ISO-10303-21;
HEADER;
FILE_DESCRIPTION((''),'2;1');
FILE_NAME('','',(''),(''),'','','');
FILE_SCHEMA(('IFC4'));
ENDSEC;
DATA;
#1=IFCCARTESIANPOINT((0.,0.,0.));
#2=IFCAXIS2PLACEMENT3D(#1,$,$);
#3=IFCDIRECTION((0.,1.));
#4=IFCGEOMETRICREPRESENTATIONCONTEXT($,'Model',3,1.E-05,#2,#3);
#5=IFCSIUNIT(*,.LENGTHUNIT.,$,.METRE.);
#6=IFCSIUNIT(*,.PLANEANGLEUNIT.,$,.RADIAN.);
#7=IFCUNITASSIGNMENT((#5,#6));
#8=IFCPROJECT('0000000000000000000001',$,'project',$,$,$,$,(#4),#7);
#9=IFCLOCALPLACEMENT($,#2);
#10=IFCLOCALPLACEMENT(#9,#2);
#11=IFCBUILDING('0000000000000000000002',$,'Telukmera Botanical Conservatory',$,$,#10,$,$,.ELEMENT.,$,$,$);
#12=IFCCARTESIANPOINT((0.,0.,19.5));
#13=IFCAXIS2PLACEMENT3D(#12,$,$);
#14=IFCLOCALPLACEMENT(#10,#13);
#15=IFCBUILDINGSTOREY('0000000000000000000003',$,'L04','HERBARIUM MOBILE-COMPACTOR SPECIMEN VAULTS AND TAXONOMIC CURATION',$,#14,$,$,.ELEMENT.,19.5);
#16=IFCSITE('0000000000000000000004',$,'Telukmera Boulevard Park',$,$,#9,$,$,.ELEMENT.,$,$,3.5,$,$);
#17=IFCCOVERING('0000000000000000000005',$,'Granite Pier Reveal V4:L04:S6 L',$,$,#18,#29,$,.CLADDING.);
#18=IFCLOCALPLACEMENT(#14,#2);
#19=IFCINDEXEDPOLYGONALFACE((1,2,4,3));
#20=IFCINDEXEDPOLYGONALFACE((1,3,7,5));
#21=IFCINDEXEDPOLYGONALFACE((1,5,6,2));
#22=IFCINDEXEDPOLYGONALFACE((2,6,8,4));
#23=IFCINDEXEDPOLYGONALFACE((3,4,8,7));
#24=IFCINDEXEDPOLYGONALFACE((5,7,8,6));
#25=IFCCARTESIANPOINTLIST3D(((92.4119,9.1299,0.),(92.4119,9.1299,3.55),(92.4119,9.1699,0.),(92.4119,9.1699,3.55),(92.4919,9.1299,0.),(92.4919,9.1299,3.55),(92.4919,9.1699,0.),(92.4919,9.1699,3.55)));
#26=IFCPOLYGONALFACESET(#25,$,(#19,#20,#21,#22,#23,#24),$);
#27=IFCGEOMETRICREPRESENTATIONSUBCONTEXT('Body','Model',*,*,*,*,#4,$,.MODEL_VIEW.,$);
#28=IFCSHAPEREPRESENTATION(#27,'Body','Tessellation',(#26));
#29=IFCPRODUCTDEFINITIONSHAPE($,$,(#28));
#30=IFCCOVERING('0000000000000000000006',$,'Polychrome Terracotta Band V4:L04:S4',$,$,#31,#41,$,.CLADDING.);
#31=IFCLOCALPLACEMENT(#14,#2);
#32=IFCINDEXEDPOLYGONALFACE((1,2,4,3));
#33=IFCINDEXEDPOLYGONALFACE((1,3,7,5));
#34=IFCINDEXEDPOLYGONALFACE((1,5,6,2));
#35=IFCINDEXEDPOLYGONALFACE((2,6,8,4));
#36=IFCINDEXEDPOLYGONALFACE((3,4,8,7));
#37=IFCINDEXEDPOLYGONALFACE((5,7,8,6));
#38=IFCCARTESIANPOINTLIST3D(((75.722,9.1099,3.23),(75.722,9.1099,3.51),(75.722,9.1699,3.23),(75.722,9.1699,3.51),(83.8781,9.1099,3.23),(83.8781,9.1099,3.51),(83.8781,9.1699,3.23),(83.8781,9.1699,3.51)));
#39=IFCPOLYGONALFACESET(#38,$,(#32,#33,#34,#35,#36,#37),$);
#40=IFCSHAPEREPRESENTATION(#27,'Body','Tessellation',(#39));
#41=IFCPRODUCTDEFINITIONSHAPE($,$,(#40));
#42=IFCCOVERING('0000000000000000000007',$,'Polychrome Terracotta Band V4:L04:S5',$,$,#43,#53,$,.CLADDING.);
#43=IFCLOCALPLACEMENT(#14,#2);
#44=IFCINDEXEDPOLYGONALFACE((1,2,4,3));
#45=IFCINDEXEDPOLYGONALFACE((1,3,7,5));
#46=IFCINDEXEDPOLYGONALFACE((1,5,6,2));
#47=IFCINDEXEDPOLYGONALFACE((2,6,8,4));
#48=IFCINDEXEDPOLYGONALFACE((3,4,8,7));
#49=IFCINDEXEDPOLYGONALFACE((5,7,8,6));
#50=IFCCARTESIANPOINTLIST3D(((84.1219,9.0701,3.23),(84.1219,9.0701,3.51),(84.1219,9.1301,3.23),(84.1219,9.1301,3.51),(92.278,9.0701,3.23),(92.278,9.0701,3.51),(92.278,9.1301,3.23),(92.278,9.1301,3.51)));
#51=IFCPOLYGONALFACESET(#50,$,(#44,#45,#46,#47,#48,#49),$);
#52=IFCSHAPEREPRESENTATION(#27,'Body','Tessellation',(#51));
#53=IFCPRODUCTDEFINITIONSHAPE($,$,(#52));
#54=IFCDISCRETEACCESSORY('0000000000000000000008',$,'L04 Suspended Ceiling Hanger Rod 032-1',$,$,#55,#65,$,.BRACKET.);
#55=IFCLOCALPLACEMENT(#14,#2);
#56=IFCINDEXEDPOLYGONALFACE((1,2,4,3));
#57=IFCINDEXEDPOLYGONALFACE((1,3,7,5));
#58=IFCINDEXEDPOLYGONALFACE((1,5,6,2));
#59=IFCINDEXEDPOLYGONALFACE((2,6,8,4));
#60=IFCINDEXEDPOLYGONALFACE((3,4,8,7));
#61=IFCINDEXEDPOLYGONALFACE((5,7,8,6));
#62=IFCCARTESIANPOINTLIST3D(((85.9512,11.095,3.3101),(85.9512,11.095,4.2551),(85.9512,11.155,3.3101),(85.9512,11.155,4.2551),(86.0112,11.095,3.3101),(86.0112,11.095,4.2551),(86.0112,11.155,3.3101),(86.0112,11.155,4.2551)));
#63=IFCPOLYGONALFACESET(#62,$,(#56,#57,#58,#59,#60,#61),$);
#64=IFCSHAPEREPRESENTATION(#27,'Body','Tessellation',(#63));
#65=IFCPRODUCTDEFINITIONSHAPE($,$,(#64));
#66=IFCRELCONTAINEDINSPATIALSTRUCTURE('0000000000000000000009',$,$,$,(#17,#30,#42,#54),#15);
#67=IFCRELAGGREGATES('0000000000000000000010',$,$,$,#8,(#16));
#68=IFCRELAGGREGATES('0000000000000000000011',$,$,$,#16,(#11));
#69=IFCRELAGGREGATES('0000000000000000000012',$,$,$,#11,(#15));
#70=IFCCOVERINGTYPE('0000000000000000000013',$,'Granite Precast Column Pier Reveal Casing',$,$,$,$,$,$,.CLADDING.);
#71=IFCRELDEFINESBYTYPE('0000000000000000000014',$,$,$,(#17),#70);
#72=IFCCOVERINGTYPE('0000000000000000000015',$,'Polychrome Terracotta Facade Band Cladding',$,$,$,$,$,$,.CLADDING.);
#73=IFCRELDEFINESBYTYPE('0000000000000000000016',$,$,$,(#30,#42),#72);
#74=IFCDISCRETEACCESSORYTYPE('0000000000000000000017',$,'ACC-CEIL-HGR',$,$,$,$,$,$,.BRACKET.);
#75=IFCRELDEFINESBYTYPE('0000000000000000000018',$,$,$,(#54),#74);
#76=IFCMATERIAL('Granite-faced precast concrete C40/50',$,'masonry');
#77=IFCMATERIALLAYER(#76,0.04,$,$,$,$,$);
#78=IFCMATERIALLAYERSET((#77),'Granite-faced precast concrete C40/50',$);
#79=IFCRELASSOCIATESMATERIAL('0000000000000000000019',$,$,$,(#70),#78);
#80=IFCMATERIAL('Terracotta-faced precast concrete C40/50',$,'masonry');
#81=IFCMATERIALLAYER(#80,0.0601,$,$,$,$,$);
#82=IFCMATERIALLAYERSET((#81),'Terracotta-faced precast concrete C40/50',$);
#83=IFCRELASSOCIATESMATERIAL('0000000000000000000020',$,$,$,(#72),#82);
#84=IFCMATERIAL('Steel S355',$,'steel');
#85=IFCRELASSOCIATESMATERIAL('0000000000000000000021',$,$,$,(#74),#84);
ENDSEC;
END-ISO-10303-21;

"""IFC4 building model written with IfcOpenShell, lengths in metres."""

from ifc_helpers import new_model, si_unit, direction, frame, origin, origin_2d, place, context, subcontext, project, spatial, rectangle, extrude, material, layer, layer_set, type_object, element, save


model = new_model("IFC4")

# Units and contexts
model_context = context("Model", 3, precision=1e-05, world=origin(), true_north=direction((0.0, 1.0)))
body_context = subcontext(model_context, "Body", "Model", "MODEL_VIEW")
ifc_project = project(units=[si_unit("LENGTHUNIT", "METRE"), si_unit("PLANEANGLEUNIT", "RADIAN")], contexts=[model_context])

# Site, building, storey
site_placement = place(None, origin())
site = spatial("IfcSite", under=ifc_project, at=site_placement, Name="Telukmera Boulevard Park", CompositionType="ELEMENT", RefElevation=3.5)
building_placement = place(site_placement, origin())
building = spatial("IfcBuilding", under=site, at=building_placement, Name="Telukmera Botanical Conservatory", CompositionType="ELEMENT")
storey_placement = place(building_placement, frame((0.0, 0.0, 19.5)))
storey = spatial("IfcBuildingStorey", under=building, at=storey_placement, Name="L04", Description="HERBARIUM MOBILE-COMPACTOR SPECIMEN VAULTS AND TAXONOMIC CURATION", CompositionType="ELEMENT", Elevation=19.5)

# Shared definitions
ifc_material_1 = material(Name="Terracotta-faced precast concrete C40/50", Category="masonry")

# Coverings
ifc_material_2 = material(Name="Granite-faced precast concrete C40/50", Category="masonry")
ifc_layer_1 = layer(ifc_material_2, 0.04)
ifc_layer_set_1 = layer_set([ifc_layer_1], Name="Granite-faced precast concrete C40/50")
covering_type_1 = type_object("IfcCoveringType", Name="Granite Precast Column Pier Reveal Casing", PredefinedType="CLADDING", material=ifc_layer_set_1)
for number, where, z_axis, x_axis, name in (
    (1, (92.4519, 9.1499, 0.0), (0.0, 0.0, 1.0), (1.0, 0.0, 0.0), "Granite Pier Reveal V4:L04:S6 L"),
):
    element("IfcCovering", number, at=place(storey_placement, frame(where, z_axis=z_axis, x_axis=x_axis)), inside=storey, type_object=covering_type_1, Name=name, PredefinedType="CLADDING", context=body_context, shape_type="SweptSolid", body=[
        extrude(rectangle(XDim=0.0801, YDim=0.04, at=origin_2d()), origin(), (0.0, 0.0, 1.0), 3.55),
    ])
ifc_layer_2 = layer(ifc_material_1, 0.0601)
ifc_layer_set_2 = layer_set([ifc_layer_2], Name="Terracotta-faced precast concrete C40/50")
covering_type_2 = type_object("IfcCoveringType", Name="Polychrome Terracotta Facade Band Cladding", PredefinedType="CLADDING", material=ifc_layer_set_2)
for number, where, z_axis, x_axis, name in (
    (2, (79.8, 9.1399, 3.23), (0.0, 0.0, 1.0), (1.0, 0.0, 0.0), "Polychrome Terracotta Band V4:L04:S4"),
    (3, (88.2, 9.1001, 3.23), (0.0, 0.0, 1.0), (1.0, 0.0, 0.0), "Polychrome Terracotta Band V4:L04:S5"),
):
    element("IfcCovering", number, at=place(storey_placement, frame(where, z_axis=z_axis, x_axis=x_axis)), inside=storey, type_object=covering_type_2, Name=name, PredefinedType="CLADDING", context=body_context, shape_type="SweptSolid", body=[
        extrude(rectangle(XDim=8.156, YDim=0.0601, at=origin_2d()), origin(), (0.0, 0.0, 1.0), 0.28),
    ])

# Discrete accessory
ifc_material_3 = material(Name="Steel S355", Category="steel")
discrete_accessory_type = type_object("IfcDiscreteAccessoryType", Name="ACC-CEIL-HGR", PredefinedType="BRACKET", material=ifc_material_3)
discrete_accessory_placement = place(storey_placement, frame((85.9812, 11.125, 3.3101), z_axis=(0.0, 0.0, 1.0), x_axis=(1.0, 0.0, 0.0)))
element("IfcDiscreteAccessory", 4, at=discrete_accessory_placement, inside=storey, type_object=discrete_accessory_type, Name="L04 Suspended Ceiling Hanger Rod 032-1", PredefinedType="BRACKET", context=body_context, shape_type="SweptSolid", body=[
    extrude(rectangle(XDim=0.0601, YDim=0.0601, at=origin_2d()), origin(), (0.0, 0.0, 1.0), 0.9451),
])

save(model, "model.ifc")
